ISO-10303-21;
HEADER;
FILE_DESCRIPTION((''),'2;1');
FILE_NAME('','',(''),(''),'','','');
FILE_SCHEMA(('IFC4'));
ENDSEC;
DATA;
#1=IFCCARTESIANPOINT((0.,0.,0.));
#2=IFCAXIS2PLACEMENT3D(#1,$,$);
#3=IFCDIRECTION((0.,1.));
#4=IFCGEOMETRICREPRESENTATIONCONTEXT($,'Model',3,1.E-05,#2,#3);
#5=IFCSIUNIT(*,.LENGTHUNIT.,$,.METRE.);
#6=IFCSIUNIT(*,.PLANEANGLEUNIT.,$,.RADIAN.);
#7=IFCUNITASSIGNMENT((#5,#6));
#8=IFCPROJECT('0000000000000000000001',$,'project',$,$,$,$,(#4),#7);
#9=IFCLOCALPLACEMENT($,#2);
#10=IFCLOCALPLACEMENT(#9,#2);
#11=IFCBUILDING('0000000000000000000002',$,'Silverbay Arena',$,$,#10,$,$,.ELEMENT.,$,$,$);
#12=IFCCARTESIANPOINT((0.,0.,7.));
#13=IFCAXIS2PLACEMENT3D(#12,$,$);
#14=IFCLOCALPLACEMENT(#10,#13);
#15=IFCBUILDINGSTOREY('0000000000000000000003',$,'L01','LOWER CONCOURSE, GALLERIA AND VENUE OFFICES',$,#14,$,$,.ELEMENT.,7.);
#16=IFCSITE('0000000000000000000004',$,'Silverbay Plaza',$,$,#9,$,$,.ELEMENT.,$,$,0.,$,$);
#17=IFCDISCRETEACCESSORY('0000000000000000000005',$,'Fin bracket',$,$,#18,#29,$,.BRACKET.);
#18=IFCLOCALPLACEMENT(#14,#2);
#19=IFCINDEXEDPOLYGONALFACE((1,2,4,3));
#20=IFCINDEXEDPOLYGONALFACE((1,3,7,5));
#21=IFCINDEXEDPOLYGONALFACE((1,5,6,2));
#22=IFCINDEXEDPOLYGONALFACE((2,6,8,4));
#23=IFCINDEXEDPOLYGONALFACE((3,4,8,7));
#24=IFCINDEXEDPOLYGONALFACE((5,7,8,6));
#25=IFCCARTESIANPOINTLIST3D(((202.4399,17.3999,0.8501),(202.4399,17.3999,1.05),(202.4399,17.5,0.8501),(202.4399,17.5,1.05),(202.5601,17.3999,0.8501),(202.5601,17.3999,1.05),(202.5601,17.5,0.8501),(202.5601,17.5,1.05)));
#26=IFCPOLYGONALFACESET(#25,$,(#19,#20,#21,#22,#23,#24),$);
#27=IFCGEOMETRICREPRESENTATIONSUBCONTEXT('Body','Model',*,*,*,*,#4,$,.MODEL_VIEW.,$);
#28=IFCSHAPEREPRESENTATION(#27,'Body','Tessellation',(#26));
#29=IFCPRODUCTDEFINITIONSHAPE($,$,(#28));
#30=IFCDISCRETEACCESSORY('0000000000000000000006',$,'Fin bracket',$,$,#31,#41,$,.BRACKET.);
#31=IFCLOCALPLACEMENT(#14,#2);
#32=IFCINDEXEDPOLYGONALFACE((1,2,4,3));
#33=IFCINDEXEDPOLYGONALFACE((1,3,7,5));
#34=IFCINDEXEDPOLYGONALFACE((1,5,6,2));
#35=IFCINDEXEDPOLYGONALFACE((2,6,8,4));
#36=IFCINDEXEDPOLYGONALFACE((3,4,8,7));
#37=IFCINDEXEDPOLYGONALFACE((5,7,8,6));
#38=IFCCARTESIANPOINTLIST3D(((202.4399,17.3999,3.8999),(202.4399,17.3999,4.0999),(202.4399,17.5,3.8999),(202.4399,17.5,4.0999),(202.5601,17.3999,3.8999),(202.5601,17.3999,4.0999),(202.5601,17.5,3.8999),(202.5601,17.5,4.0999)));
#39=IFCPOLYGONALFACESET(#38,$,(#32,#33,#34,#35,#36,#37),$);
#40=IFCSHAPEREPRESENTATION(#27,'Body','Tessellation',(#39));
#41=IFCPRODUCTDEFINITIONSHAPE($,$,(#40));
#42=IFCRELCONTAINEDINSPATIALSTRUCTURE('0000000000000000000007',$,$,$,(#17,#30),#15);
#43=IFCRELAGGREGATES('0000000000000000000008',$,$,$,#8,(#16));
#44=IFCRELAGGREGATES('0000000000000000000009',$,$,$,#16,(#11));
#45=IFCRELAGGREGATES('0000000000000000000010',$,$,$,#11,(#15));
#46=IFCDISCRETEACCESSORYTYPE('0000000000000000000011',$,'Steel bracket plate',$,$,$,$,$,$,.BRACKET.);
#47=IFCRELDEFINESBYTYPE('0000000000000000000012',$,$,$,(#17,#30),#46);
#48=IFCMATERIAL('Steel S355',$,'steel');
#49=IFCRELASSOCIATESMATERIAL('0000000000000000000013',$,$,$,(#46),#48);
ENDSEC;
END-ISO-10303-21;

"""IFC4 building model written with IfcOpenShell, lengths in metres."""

from ifc_helpers import new_model, si_unit, direction, frame, origin, origin_2d, place, context, subcontext, project, spatial, rectangle, extrude, material, type_object, element, save


model = new_model("IFC4")

# Units and contexts
model_context = context("Model", 3, precision=1e-05, world=origin(), true_north=direction((0.0, 1.0)))
body_context = subcontext(model_context, "Body", "Model", "MODEL_VIEW")
ifc_project = project(units=[si_unit("LENGTHUNIT", "METRE"), si_unit("PLANEANGLEUNIT", "RADIAN")], contexts=[model_context])

# Site, building, storey
site_placement = place(None, origin())
site = spatial("IfcSite", under=ifc_project, at=site_placement, Name="Silverbay Plaza", CompositionType="ELEMENT", RefElevation=0.0)
building_placement = place(site_placement, origin())
building = spatial("IfcBuilding", under=site, at=building_placement, Name="Silverbay Arena", CompositionType="ELEMENT")
storey_placement = place(building_placement, frame((0.0, 0.0, 7.0)))
storey = spatial("IfcBuildingStorey", under=building, at=storey_placement, Name="L01", Description="LOWER CONCOURSE, GALLERIA AND VENUE OFFICES", CompositionType="ELEMENT", Elevation=7.0)

# Discrete accessories
ifc_material_1 = material(Name="Steel S355", Category="steel")
discrete_accessory_type = type_object("IfcDiscreteAccessoryType", Name="Steel bracket plate", PredefinedType="BRACKET", material=ifc_material_1)
for number, where, z_axis, x_axis, name in (
    (1, (202.5, 17.45, 0.8501), (0.0, 0.0, 1.0), (1.0, 0.0, 0.0), "Fin bracket"),
    (2, (202.5, 17.45, 3.8999), (0.0, 0.0, 1.0), (1.0, 0.0, 0.0), "Fin bracket"),
):
    element("IfcDiscreteAccessory", number, at=place(storey_placement, frame(where, z_axis=z_axis, x_axis=x_axis)), inside=storey, type_object=discrete_accessory_type, Name=name, PredefinedType="BRACKET", context=body_context, shape_type="SweptSolid", body=[
        extrude(rectangle(XDim=0.1201, YDim=0.1001, at=origin_2d()), origin(), (0.0, 0.0, 1.0), 0.2),
    ])

save(model, "model.ifc")
